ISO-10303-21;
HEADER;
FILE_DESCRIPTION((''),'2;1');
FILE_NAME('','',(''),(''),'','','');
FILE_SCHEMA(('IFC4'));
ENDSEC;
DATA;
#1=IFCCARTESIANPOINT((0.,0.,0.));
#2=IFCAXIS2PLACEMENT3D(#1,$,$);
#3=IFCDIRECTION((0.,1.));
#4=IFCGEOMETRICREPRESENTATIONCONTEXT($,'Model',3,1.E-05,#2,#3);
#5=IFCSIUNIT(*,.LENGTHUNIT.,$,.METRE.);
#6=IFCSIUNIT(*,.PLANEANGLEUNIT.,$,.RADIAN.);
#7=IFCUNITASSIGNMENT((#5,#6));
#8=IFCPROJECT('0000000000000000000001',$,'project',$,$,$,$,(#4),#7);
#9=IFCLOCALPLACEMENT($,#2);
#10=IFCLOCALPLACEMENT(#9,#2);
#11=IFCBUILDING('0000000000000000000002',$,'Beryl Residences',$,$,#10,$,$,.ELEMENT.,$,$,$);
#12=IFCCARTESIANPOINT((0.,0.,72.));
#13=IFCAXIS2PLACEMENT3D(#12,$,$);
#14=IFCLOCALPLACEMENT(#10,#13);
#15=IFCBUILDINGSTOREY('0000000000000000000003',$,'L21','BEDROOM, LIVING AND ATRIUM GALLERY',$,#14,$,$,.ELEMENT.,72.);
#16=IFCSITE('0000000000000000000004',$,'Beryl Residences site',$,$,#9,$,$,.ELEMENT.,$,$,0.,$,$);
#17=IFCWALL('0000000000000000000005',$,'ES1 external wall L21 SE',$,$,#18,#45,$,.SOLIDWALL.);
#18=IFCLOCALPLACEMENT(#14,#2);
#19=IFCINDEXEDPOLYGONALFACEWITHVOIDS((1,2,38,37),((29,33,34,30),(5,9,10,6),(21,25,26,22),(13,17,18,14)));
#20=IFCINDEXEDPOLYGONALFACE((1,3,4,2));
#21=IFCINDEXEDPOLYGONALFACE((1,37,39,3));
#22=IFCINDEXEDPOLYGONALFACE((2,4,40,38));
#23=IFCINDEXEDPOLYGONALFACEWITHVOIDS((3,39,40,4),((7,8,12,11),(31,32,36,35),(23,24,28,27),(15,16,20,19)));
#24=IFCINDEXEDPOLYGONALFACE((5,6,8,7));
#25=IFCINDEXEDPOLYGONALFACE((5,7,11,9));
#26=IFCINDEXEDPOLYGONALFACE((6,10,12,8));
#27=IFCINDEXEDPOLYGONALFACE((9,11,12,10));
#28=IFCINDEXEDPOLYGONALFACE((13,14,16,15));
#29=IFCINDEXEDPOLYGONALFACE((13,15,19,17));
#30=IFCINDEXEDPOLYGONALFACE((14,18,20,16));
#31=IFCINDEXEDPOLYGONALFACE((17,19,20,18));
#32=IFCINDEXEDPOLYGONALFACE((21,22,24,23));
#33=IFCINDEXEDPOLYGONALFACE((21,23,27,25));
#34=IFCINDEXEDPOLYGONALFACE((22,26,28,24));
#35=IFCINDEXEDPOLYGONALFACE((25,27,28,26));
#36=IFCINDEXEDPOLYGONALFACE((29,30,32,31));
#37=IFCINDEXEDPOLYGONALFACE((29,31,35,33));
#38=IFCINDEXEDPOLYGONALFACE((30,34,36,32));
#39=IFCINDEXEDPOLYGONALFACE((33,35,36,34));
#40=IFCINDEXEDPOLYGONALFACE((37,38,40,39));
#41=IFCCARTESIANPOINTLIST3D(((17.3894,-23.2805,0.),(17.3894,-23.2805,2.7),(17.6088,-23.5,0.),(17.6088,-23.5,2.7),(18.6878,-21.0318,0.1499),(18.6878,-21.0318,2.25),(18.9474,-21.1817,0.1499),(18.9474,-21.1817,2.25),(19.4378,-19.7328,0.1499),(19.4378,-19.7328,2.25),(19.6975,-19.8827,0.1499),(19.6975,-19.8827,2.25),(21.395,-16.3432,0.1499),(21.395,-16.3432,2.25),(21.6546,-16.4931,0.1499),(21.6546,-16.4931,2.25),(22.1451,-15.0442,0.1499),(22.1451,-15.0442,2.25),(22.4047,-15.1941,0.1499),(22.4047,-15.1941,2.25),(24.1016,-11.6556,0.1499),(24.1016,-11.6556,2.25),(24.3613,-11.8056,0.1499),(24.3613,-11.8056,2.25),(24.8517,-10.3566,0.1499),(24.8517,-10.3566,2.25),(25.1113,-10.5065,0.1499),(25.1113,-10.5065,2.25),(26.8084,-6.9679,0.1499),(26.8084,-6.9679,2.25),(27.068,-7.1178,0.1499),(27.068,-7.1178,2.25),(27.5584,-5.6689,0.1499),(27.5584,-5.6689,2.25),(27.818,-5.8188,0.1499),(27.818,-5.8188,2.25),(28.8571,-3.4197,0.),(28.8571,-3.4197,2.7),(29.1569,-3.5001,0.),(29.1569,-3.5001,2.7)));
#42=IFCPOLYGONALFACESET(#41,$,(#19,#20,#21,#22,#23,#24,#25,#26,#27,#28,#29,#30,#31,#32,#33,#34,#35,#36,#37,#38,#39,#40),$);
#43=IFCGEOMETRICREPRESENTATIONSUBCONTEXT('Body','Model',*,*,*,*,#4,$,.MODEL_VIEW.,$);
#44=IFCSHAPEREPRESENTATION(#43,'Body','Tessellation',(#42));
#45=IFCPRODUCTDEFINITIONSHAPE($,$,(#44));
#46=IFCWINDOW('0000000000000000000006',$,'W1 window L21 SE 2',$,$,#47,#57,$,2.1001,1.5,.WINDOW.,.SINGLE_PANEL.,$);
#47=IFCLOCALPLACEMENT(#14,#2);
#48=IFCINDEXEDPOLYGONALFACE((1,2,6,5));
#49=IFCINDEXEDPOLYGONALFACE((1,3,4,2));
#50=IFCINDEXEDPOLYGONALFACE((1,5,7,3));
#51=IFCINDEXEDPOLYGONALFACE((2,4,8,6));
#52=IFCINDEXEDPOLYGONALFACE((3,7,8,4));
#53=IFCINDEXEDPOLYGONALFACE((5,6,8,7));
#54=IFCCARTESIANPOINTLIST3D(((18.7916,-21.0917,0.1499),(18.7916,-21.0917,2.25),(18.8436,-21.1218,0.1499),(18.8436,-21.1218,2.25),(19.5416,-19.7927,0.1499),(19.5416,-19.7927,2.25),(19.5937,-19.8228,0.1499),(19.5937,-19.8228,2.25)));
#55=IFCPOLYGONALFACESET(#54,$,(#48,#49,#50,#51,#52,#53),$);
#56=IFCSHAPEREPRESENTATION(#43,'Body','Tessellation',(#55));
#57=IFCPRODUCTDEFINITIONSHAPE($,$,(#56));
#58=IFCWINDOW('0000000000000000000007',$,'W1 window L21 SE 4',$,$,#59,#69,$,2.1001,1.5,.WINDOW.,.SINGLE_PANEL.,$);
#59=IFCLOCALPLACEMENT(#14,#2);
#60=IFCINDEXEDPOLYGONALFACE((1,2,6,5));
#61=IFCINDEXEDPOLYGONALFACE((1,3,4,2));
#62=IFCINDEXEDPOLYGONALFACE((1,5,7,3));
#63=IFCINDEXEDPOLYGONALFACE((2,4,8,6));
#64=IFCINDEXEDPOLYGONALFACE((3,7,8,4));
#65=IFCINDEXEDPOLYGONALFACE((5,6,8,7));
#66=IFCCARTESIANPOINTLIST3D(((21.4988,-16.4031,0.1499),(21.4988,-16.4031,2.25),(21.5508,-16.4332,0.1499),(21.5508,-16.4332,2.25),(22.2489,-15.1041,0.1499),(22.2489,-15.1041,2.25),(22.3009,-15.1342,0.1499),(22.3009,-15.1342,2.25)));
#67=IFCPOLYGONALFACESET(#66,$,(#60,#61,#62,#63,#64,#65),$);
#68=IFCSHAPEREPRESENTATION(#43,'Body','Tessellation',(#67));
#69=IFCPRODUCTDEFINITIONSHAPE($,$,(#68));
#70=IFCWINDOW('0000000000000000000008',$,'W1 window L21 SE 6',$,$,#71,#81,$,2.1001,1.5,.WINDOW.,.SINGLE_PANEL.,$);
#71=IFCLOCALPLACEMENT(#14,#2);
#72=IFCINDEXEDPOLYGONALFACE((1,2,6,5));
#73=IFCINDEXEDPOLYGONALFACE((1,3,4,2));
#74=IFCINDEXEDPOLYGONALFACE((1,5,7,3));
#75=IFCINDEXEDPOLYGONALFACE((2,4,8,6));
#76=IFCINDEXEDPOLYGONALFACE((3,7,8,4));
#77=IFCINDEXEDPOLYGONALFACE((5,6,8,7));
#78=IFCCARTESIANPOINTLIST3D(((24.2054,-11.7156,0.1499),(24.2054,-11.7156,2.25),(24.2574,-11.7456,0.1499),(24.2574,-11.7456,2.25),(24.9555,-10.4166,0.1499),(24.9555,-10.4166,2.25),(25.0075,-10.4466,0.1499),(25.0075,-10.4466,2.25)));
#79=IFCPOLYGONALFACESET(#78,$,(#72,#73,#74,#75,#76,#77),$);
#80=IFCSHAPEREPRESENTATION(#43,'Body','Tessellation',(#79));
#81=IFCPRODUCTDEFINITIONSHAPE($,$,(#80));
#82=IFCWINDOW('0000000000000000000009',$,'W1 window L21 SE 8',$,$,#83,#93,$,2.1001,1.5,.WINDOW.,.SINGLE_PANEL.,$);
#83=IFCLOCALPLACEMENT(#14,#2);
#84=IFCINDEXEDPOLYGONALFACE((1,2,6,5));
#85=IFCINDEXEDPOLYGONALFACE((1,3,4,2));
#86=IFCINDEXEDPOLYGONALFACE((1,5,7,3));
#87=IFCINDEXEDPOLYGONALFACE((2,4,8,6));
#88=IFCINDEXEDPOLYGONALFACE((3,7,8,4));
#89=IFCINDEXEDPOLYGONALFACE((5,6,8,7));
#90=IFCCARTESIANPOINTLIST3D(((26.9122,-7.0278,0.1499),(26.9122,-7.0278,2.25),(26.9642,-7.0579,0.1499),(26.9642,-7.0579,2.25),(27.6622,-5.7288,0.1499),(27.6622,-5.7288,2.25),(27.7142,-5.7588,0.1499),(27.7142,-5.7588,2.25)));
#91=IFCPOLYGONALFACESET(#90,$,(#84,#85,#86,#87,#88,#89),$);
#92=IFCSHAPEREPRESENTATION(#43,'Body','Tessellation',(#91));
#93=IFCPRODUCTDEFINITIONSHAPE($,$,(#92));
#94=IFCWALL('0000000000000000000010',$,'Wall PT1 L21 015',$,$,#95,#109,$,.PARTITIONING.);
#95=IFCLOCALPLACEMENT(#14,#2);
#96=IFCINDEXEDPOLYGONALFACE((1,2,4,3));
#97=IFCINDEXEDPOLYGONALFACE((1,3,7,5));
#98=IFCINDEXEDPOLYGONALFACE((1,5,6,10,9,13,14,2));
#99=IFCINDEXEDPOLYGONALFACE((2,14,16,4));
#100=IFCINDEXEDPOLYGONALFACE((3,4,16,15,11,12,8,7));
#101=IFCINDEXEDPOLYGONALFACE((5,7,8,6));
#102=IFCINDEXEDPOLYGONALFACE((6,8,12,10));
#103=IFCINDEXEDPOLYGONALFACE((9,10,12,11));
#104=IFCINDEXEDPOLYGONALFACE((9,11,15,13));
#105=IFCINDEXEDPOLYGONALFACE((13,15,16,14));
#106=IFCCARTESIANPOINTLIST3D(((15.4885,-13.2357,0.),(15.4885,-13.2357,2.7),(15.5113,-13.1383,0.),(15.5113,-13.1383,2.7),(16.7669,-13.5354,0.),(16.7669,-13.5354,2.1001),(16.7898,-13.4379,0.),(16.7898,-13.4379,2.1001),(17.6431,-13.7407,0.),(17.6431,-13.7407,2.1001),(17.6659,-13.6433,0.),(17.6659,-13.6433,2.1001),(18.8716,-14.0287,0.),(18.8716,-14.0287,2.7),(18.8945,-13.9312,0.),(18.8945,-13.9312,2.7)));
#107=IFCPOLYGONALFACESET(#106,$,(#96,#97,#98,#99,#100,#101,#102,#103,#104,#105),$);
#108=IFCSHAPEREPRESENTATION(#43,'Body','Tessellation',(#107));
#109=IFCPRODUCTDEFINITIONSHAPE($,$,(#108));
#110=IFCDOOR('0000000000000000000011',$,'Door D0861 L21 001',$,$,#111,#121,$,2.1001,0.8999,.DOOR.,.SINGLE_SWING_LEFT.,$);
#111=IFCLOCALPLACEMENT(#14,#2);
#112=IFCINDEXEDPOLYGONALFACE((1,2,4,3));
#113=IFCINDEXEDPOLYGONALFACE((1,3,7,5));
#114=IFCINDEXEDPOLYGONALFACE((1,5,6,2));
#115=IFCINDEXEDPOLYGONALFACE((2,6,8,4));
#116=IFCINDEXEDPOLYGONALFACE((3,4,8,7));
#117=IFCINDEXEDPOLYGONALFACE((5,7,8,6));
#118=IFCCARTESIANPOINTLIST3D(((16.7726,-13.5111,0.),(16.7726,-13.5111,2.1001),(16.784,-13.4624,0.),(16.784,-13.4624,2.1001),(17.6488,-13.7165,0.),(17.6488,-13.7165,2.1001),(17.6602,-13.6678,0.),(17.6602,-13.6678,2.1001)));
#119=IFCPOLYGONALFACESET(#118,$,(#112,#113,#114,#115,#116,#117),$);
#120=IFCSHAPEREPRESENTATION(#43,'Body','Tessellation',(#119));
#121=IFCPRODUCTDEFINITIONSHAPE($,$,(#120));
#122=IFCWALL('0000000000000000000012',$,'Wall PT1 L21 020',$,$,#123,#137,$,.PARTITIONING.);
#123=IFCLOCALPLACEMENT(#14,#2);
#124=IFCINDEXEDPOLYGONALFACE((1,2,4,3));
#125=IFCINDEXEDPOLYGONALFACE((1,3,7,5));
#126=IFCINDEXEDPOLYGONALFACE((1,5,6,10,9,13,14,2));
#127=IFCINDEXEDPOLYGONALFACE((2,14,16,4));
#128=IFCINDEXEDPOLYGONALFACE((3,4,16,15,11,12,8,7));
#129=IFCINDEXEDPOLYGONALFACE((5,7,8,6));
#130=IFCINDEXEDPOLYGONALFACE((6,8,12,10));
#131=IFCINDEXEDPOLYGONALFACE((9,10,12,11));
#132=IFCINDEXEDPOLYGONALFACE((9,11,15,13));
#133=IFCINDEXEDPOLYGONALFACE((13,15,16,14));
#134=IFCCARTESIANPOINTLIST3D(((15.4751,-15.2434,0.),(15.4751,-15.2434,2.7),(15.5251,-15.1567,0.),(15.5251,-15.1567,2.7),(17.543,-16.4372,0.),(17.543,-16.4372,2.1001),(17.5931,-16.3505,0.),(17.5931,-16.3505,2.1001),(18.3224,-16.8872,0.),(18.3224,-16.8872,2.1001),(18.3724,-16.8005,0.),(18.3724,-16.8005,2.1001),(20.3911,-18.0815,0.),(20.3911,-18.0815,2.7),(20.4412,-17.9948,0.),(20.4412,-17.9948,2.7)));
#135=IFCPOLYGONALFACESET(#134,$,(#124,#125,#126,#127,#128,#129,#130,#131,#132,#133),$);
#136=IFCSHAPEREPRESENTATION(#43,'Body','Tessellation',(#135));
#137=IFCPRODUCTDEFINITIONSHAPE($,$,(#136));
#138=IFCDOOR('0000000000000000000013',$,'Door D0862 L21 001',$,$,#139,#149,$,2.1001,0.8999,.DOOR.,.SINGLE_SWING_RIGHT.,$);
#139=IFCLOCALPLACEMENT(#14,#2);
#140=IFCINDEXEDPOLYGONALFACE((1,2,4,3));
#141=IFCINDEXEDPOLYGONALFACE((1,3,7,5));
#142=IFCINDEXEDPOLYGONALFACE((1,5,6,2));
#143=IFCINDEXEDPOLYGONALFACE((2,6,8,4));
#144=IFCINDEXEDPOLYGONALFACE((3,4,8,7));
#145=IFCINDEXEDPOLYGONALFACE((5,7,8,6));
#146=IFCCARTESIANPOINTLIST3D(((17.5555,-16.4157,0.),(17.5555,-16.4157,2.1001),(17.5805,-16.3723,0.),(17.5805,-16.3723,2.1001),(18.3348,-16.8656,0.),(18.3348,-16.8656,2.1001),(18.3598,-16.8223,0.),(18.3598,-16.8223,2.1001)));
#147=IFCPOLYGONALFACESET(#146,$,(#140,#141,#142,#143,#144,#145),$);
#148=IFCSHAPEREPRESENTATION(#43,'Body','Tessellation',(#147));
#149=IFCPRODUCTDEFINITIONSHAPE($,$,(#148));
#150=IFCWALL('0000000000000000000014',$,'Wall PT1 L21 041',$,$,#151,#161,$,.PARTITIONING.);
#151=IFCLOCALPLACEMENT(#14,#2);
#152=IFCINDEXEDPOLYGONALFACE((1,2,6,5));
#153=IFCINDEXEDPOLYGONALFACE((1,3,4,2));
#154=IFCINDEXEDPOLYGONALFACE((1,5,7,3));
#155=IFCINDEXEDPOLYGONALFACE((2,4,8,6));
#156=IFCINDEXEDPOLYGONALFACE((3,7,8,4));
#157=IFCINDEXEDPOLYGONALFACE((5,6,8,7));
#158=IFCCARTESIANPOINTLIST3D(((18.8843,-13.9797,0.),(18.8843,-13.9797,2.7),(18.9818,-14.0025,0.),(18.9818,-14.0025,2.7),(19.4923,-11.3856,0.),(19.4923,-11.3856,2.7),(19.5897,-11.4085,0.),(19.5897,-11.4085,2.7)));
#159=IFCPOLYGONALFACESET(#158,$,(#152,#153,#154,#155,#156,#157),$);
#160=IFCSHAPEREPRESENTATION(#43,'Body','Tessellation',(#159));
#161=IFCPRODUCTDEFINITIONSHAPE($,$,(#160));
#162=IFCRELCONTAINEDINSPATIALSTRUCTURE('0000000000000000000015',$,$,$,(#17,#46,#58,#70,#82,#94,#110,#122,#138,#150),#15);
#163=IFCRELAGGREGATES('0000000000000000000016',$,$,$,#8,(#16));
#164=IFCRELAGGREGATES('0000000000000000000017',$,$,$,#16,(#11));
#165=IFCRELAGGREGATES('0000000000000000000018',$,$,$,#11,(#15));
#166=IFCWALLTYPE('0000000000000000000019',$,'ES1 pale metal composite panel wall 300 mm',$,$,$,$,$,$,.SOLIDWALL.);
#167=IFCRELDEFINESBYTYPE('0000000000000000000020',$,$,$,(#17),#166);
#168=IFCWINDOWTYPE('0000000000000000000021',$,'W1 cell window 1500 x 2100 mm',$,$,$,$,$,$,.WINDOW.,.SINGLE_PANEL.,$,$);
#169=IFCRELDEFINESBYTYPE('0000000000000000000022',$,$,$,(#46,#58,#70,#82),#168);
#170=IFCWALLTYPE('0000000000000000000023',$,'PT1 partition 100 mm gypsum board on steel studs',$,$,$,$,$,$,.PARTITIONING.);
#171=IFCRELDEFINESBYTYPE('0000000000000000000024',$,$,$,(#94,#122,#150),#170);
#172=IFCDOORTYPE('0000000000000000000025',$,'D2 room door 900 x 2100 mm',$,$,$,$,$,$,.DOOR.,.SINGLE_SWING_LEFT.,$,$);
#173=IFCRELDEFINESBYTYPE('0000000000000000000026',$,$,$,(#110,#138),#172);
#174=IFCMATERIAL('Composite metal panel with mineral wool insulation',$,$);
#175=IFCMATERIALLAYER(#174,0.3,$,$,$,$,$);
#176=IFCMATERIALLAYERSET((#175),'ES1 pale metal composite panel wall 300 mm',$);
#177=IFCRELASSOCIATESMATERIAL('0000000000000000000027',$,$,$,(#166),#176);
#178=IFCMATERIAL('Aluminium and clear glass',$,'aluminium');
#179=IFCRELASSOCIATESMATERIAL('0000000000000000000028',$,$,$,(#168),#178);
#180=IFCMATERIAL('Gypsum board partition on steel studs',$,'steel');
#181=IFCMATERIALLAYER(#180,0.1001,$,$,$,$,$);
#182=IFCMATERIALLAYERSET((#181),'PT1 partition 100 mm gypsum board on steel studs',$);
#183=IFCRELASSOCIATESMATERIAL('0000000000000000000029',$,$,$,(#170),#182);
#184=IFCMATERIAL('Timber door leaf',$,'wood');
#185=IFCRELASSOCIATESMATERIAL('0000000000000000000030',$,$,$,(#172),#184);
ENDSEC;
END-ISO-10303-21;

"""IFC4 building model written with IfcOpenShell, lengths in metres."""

from ifc_helpers import new_model, si_unit, direction, frame, frame_2d, origin, place, context, subcontext, project, spatial, polyline, rectangle, outline, extrude, material, layer, layer_set, type_object, element, fill, save


model = new_model("IFC4")

# Units and contexts
model_context = context("Model", 3, precision=1e-05, world=origin(), true_north=direction((0.0, 1.0)))
body_context = subcontext(model_context, "Body", "Model", "MODEL_VIEW")
ifc_project = project(units=[si_unit("LENGTHUNIT", "METRE"), si_unit("PLANEANGLEUNIT", "RADIAN")], contexts=[model_context])

# Site, building, storey
site_placement = place(None, origin())
site = spatial("IfcSite", under=ifc_project, at=site_placement, Name="Beryl Residences site", CompositionType="ELEMENT", RefElevation=0.0)
building_placement = place(site_placement, origin())
building = spatial("IfcBuilding", under=site, at=building_placement, Name="Beryl Residences", CompositionType="ELEMENT")
storey_placement = place(building_placement, frame((0.0, 0.0, 72.0)))
storey = spatial("IfcBuildingStorey", under=building, at=storey_placement, Name="L21", Description="BEDROOM, LIVING AND ATRIUM GALLERY", CompositionType="ELEMENT", Elevation=72.0)

# Shared definitions
ifc_material_1 = material(Name="Composite metal panel with mineral wool insulation")
ifc_layer_1 = layer(ifc_material_1, 0.3)
ifc_layer_set_1 = layer_set([ifc_layer_1], Name="ES1 pale metal composite panel wall 300 mm")
wall_type_1 = type_object("IfcWallType", Name="ES1 pale metal composite panel wall 300 mm", PredefinedType="SOLIDWALL", material=ifc_layer_set_1)

# Wall, openings, windows
wall_1_placement = place(storey_placement, frame((17.479, -23.425, 0.0), z_axis=(0.0, 0.0, 1.0), x_axis=(0.500035, 0.866005, 0.0)))
wall_1 = element("IfcWall", 1, at=wall_1_placement, inside=storey, type_object=wall_type_1, Name="ES1 external wall L21 SE", PredefinedType="SOLIDWALL", context=body_context, shape_type="SweptSolid", body=[
    extrude(outline(polyline([(0.0, -0.1499), (23.0945, -0.1499), (23.0142, 0.1499), (0.0803, 0.1499), (0.0, -0.1499)])), origin(), (0.0, 0.0, 1.0), 2.7),
])
opening_1_placement = place(wall_1_placement, frame((2.677, 0.0, 0.1499)))
opening_1 = element("IfcOpeningElement", 2, at=opening_1_placement, cuts=wall_1, PredefinedType="OPENING", context=body_context, shape_type="SweptSolid", body=[
    extrude(rectangle(XDim=1.5, YDim=2.1001, at=frame_2d((0.75, 1.05))), frame((0.0, 0.1599, 0.0), z_axis=(0.0, -1.0, 0.0), x_axis=(1.0, 0.0, 0.0)), (0.0, 0.0, 1.0), 0.3201),
])
opening_2_placement = place(wall_1_placement, frame((8.0911, 0.0, 0.1499)))
opening_2 = element("IfcOpeningElement", 3, at=opening_2_placement, cuts=wall_1, PredefinedType="OPENING", context=body_context, shape_type="SweptSolid", body=[
    extrude(rectangle(XDim=1.5, YDim=2.1001, at=frame_2d((0.75, 1.05))), frame((0.0, 0.1599, 0.0), z_axis=(0.0, -1.0, 0.0), x_axis=(1.0, 0.0, 0.0)), (0.0, 0.0, 1.0), 0.3201),
])
opening_3_placement = place(wall_1_placement, frame((13.5039, 0.0, 0.1499)))
opening_3 = element("IfcOpeningElement", 4, at=opening_3_placement, cuts=wall_1, PredefinedType="OPENING", context=body_context, shape_type="SweptSolid", body=[
    extrude(rectangle(XDim=1.5, YDim=2.1001, at=frame_2d((0.75, 1.05))), frame((0.0, 0.1599, 0.0), z_axis=(0.0, -1.0, 0.0), x_axis=(1.0, 0.0, 0.0)), (0.0, 0.0, 1.0), 0.3201),
])
opening_4_placement = place(wall_1_placement, frame((18.917, 0.0, 0.1499)))
opening_4 = element("IfcOpeningElement", 5, at=opening_4_placement, cuts=wall_1, PredefinedType="OPENING", context=body_context, shape_type="SweptSolid", body=[
    extrude(rectangle(XDim=1.5, YDim=2.1001, at=frame_2d((0.75, 1.05))), frame((0.0, 0.1599, 0.0), z_axis=(0.0, -1.0, 0.0), x_axis=(1.0, 0.0, 0.0)), (0.0, 0.0, 1.0), 0.3201),
])
ifc_material_2 = material(Name="Aluminium and clear glass", Category="aluminium")
window_type_1 = type_object("IfcWindowType", Name="W1 cell window 1500 x 2100 mm", PartitioningType="SINGLE_PANEL", PredefinedType="WINDOW", material=ifc_material_2)
window_1_placement = place(opening_1_placement, origin())
window_1 = element("IfcWindow", 6, at=window_1_placement, inside=storey, type_object=window_type_1, Name="W1 window L21 SE 2", OverallHeight=2.1001, OverallWidth=1.5, PartitioningType="SINGLE_PANEL", PredefinedType="WINDOW", context=body_context, shape_type="SweptSolid", body=[
    extrude(rectangle(XDim=1.5, YDim=2.1001, at=frame_2d((0.75, 1.05))), frame((0.0, 0.03, 0.0), z_axis=(0.0, -1.0, 0.0), x_axis=(1.0, 0.0, 0.0)), (0.0, 0.0, 1.0), 0.0601),
])
fill(opening_1, window_1)
window_2_placement = place(opening_2_placement, origin())
window_2 = element("IfcWindow", 7, at=window_2_placement, inside=storey, type_object=window_type_1, Name="W1 window L21 SE 4", OverallHeight=2.1001, OverallWidth=1.5, PartitioningType="SINGLE_PANEL", PredefinedType="WINDOW", context=body_context, shape_type="SweptSolid", body=[
    extrude(rectangle(XDim=1.5, YDim=2.1001, at=frame_2d((0.75, 1.05))), frame((0.0, 0.03, 0.0), z_axis=(0.0, -1.0, 0.0), x_axis=(1.0, 0.0, 0.0)), (0.0, 0.0, 1.0), 0.0601),
])
fill(opening_2, window_2)
window_3_placement = place(opening_3_placement, origin())
window_3 = element("IfcWindow", 8, at=window_3_placement, inside=storey, type_object=window_type_1, Name="W1 window L21 SE 6", OverallHeight=2.1001, OverallWidth=1.5, PartitioningType="SINGLE_PANEL", PredefinedType="WINDOW", context=body_context, shape_type="SweptSolid", body=[
    extrude(rectangle(XDim=1.5, YDim=2.1001, at=frame_2d((0.75, 1.05))), frame((0.0, 0.03, 0.0), z_axis=(0.0, -1.0, 0.0), x_axis=(1.0, 0.0, 0.0)), (0.0, 0.0, 1.0), 0.0601),
])
fill(opening_3, window_3)
window_4_placement = place(opening_4_placement, origin())
window_4 = element("IfcWindow", 9, at=window_4_placement, inside=storey, type_object=window_type_1, Name="W1 window L21 SE 8", OverallHeight=2.1001, OverallWidth=1.5, PartitioningType="SINGLE_PANEL", PredefinedType="WINDOW", context=body_context, shape_type="SweptSolid", body=[
    extrude(rectangle(XDim=1.5, YDim=2.1001, at=frame_2d((0.75, 1.05))), frame((0.0, 0.03, 0.0), z_axis=(0.0, -1.0, 0.0), x_axis=(1.0, 0.0, 0.0)), (0.0, 0.0, 1.0), 0.0601),
])
fill(opening_4, window_4)

# Walls, openings, doors
ifc_material_3 = material(Name="Gypsum board partition on steel studs", Category="steel")
ifc_layer_2 = layer(ifc_material_3, 0.1001)
ifc_layer_set_2 = layer_set([ifc_layer_2], Name="PT1 partition 100 mm gypsum board on steel studs")
wall_type_2 = type_object("IfcWallType", Name="PT1 partition 100 mm gypsum board on steel studs", PredefinedType="PARTITIONING", material=ifc_layer_set_2)
wall_2_placement = place(storey_placement, frame((15.5, -13.187, 0.0), z_axis=(0.0, 0.0, 1.0), x_axis=(0.973612, -0.228209, 0.0)))
wall_2 = element("IfcWall", 10, at=wall_2_placement, inside=storey, type_object=wall_type_2, Name="Wall PT1 L21 015", PredefinedType="PARTITIONING", context=body_context, shape_type="SweptSolid", body=[
    extrude(rectangle(XDim=3.4749, YDim=0.1001, at=frame_2d((1.7373, 0.0))), origin(), (0.0, 0.0, 1.0), 2.7),
])
opening_5_placement = place(wall_2_placement, frame((1.313, 0.0, 0.0)))
opening_5 = element("IfcOpeningElement", 11, at=opening_5_placement, cuts=wall_2, PredefinedType="OPENING", context=body_context, shape_type="SweptSolid", body=[
    extrude(rectangle(XDim=0.8999, YDim=2.1001, at=frame_2d((0.45, 1.05))), frame((0.0, 0.0601, 0.0), z_axis=(0.0, -1.0, 0.0), x_axis=(1.0, 0.0, 0.0)), (0.0, 0.0, 1.0), 0.1201),
])
ifc_material_4 = material(Name="Timber door leaf", Category="wood")
door_type_1 = type_object("IfcDoorType", Name="D2 room door 900 x 2100 mm", OperationType="SINGLE_SWING_LEFT", PredefinedType="DOOR", material=ifc_material_4)
door_1_placement = place(opening_5_placement, origin())
door_1 = element("IfcDoor", 12, at=door_1_placement, inside=storey, type_object=door_type_1, Name="Door D0861 L21 001", OperationType="SINGLE_SWING_LEFT", OverallHeight=2.1001, OverallWidth=0.8999, PredefinedType="DOOR", context=body_context, shape_type="SweptSolid", body=[
    extrude(rectangle(XDim=0.8999, YDim=2.1001, at=frame_2d((0.45, 1.05))), frame((0.0, 0.0249, 0.0), z_axis=(0.0, -1.0, 0.0), x_axis=(1.0, 0.0, 0.0)), (0.0, 0.0, 1.0), 0.05),
])
fill(opening_5, door_1)
wall_3_placement = place(storey_placement, frame((15.5, -15.2, 0.0), z_axis=(0.0, 0.0, 1.0), x_axis=(0.866035, -0.499983, 0.0)))
wall_3 = element("IfcWall", 13, at=wall_3_placement, inside=storey, type_object=wall_type_2, Name="Wall PT1 L21 020", PredefinedType="PARTITIONING", context=body_context, shape_type="SweptSolid", body=[
    extrude(rectangle(XDim=5.6765, YDim=0.1001, at=frame_2d((2.8384, 0.0))), origin(), (0.0, 0.0, 1.0), 2.7),
])
opening_6_placement = place(wall_3_placement, frame((2.3879, 0.0, 0.0)))
opening_6 = element("IfcOpeningElement", 14, at=opening_6_placement, cuts=wall_3, PredefinedType="OPENING", context=body_context, shape_type="SweptSolid", body=[
    extrude(rectangle(XDim=0.8999, YDim=2.1001, at=frame_2d((0.45, 1.05))), frame((0.0, 0.0601, 0.0), z_axis=(0.0, -1.0, 0.0), x_axis=(1.0, 0.0, 0.0)), (0.0, 0.0, 1.0), 0.1201),
])
door_2_placement = place(opening_6_placement, origin())
door_2 = element("IfcDoor", 15, at=door_2_placement, inside=storey, type_object=door_type_1, Name="Door D0862 L21 001", OperationType="SINGLE_SWING_RIGHT", OverallHeight=2.1001, OverallWidth=0.8999, PredefinedType="DOOR", context=body_context, shape_type="SweptSolid", body=[
    extrude(rectangle(XDim=0.8999, YDim=2.1001, at=frame_2d((0.45, 1.05))), frame((0.0, 0.0249, 0.0), z_axis=(0.0, -1.0, 0.0), x_axis=(1.0, 0.0, 0.0)), (0.0, 0.0, 1.0), 0.05),
])
fill(opening_6, door_2)

# Wall
wall_4_placement = place(storey_placement, frame((18.9331, -13.991, 0.0), z_axis=(0.0, 0.0, 1.0), x_axis=(0.228171, 0.973621, 0.0)))
element("IfcWall", 16, at=wall_4_placement, inside=storey, type_object=wall_type_2, Name="Wall PT1 L21 041", PredefinedType="PARTITIONING", context=body_context, shape_type="SweptSolid", body=[
    extrude(rectangle(XDim=2.6643, YDim=0.1001, at=frame_2d((1.332, 0.0))), origin(), (0.0, 0.0, 1.0), 2.7),
])

save(model, "model.ifc")
